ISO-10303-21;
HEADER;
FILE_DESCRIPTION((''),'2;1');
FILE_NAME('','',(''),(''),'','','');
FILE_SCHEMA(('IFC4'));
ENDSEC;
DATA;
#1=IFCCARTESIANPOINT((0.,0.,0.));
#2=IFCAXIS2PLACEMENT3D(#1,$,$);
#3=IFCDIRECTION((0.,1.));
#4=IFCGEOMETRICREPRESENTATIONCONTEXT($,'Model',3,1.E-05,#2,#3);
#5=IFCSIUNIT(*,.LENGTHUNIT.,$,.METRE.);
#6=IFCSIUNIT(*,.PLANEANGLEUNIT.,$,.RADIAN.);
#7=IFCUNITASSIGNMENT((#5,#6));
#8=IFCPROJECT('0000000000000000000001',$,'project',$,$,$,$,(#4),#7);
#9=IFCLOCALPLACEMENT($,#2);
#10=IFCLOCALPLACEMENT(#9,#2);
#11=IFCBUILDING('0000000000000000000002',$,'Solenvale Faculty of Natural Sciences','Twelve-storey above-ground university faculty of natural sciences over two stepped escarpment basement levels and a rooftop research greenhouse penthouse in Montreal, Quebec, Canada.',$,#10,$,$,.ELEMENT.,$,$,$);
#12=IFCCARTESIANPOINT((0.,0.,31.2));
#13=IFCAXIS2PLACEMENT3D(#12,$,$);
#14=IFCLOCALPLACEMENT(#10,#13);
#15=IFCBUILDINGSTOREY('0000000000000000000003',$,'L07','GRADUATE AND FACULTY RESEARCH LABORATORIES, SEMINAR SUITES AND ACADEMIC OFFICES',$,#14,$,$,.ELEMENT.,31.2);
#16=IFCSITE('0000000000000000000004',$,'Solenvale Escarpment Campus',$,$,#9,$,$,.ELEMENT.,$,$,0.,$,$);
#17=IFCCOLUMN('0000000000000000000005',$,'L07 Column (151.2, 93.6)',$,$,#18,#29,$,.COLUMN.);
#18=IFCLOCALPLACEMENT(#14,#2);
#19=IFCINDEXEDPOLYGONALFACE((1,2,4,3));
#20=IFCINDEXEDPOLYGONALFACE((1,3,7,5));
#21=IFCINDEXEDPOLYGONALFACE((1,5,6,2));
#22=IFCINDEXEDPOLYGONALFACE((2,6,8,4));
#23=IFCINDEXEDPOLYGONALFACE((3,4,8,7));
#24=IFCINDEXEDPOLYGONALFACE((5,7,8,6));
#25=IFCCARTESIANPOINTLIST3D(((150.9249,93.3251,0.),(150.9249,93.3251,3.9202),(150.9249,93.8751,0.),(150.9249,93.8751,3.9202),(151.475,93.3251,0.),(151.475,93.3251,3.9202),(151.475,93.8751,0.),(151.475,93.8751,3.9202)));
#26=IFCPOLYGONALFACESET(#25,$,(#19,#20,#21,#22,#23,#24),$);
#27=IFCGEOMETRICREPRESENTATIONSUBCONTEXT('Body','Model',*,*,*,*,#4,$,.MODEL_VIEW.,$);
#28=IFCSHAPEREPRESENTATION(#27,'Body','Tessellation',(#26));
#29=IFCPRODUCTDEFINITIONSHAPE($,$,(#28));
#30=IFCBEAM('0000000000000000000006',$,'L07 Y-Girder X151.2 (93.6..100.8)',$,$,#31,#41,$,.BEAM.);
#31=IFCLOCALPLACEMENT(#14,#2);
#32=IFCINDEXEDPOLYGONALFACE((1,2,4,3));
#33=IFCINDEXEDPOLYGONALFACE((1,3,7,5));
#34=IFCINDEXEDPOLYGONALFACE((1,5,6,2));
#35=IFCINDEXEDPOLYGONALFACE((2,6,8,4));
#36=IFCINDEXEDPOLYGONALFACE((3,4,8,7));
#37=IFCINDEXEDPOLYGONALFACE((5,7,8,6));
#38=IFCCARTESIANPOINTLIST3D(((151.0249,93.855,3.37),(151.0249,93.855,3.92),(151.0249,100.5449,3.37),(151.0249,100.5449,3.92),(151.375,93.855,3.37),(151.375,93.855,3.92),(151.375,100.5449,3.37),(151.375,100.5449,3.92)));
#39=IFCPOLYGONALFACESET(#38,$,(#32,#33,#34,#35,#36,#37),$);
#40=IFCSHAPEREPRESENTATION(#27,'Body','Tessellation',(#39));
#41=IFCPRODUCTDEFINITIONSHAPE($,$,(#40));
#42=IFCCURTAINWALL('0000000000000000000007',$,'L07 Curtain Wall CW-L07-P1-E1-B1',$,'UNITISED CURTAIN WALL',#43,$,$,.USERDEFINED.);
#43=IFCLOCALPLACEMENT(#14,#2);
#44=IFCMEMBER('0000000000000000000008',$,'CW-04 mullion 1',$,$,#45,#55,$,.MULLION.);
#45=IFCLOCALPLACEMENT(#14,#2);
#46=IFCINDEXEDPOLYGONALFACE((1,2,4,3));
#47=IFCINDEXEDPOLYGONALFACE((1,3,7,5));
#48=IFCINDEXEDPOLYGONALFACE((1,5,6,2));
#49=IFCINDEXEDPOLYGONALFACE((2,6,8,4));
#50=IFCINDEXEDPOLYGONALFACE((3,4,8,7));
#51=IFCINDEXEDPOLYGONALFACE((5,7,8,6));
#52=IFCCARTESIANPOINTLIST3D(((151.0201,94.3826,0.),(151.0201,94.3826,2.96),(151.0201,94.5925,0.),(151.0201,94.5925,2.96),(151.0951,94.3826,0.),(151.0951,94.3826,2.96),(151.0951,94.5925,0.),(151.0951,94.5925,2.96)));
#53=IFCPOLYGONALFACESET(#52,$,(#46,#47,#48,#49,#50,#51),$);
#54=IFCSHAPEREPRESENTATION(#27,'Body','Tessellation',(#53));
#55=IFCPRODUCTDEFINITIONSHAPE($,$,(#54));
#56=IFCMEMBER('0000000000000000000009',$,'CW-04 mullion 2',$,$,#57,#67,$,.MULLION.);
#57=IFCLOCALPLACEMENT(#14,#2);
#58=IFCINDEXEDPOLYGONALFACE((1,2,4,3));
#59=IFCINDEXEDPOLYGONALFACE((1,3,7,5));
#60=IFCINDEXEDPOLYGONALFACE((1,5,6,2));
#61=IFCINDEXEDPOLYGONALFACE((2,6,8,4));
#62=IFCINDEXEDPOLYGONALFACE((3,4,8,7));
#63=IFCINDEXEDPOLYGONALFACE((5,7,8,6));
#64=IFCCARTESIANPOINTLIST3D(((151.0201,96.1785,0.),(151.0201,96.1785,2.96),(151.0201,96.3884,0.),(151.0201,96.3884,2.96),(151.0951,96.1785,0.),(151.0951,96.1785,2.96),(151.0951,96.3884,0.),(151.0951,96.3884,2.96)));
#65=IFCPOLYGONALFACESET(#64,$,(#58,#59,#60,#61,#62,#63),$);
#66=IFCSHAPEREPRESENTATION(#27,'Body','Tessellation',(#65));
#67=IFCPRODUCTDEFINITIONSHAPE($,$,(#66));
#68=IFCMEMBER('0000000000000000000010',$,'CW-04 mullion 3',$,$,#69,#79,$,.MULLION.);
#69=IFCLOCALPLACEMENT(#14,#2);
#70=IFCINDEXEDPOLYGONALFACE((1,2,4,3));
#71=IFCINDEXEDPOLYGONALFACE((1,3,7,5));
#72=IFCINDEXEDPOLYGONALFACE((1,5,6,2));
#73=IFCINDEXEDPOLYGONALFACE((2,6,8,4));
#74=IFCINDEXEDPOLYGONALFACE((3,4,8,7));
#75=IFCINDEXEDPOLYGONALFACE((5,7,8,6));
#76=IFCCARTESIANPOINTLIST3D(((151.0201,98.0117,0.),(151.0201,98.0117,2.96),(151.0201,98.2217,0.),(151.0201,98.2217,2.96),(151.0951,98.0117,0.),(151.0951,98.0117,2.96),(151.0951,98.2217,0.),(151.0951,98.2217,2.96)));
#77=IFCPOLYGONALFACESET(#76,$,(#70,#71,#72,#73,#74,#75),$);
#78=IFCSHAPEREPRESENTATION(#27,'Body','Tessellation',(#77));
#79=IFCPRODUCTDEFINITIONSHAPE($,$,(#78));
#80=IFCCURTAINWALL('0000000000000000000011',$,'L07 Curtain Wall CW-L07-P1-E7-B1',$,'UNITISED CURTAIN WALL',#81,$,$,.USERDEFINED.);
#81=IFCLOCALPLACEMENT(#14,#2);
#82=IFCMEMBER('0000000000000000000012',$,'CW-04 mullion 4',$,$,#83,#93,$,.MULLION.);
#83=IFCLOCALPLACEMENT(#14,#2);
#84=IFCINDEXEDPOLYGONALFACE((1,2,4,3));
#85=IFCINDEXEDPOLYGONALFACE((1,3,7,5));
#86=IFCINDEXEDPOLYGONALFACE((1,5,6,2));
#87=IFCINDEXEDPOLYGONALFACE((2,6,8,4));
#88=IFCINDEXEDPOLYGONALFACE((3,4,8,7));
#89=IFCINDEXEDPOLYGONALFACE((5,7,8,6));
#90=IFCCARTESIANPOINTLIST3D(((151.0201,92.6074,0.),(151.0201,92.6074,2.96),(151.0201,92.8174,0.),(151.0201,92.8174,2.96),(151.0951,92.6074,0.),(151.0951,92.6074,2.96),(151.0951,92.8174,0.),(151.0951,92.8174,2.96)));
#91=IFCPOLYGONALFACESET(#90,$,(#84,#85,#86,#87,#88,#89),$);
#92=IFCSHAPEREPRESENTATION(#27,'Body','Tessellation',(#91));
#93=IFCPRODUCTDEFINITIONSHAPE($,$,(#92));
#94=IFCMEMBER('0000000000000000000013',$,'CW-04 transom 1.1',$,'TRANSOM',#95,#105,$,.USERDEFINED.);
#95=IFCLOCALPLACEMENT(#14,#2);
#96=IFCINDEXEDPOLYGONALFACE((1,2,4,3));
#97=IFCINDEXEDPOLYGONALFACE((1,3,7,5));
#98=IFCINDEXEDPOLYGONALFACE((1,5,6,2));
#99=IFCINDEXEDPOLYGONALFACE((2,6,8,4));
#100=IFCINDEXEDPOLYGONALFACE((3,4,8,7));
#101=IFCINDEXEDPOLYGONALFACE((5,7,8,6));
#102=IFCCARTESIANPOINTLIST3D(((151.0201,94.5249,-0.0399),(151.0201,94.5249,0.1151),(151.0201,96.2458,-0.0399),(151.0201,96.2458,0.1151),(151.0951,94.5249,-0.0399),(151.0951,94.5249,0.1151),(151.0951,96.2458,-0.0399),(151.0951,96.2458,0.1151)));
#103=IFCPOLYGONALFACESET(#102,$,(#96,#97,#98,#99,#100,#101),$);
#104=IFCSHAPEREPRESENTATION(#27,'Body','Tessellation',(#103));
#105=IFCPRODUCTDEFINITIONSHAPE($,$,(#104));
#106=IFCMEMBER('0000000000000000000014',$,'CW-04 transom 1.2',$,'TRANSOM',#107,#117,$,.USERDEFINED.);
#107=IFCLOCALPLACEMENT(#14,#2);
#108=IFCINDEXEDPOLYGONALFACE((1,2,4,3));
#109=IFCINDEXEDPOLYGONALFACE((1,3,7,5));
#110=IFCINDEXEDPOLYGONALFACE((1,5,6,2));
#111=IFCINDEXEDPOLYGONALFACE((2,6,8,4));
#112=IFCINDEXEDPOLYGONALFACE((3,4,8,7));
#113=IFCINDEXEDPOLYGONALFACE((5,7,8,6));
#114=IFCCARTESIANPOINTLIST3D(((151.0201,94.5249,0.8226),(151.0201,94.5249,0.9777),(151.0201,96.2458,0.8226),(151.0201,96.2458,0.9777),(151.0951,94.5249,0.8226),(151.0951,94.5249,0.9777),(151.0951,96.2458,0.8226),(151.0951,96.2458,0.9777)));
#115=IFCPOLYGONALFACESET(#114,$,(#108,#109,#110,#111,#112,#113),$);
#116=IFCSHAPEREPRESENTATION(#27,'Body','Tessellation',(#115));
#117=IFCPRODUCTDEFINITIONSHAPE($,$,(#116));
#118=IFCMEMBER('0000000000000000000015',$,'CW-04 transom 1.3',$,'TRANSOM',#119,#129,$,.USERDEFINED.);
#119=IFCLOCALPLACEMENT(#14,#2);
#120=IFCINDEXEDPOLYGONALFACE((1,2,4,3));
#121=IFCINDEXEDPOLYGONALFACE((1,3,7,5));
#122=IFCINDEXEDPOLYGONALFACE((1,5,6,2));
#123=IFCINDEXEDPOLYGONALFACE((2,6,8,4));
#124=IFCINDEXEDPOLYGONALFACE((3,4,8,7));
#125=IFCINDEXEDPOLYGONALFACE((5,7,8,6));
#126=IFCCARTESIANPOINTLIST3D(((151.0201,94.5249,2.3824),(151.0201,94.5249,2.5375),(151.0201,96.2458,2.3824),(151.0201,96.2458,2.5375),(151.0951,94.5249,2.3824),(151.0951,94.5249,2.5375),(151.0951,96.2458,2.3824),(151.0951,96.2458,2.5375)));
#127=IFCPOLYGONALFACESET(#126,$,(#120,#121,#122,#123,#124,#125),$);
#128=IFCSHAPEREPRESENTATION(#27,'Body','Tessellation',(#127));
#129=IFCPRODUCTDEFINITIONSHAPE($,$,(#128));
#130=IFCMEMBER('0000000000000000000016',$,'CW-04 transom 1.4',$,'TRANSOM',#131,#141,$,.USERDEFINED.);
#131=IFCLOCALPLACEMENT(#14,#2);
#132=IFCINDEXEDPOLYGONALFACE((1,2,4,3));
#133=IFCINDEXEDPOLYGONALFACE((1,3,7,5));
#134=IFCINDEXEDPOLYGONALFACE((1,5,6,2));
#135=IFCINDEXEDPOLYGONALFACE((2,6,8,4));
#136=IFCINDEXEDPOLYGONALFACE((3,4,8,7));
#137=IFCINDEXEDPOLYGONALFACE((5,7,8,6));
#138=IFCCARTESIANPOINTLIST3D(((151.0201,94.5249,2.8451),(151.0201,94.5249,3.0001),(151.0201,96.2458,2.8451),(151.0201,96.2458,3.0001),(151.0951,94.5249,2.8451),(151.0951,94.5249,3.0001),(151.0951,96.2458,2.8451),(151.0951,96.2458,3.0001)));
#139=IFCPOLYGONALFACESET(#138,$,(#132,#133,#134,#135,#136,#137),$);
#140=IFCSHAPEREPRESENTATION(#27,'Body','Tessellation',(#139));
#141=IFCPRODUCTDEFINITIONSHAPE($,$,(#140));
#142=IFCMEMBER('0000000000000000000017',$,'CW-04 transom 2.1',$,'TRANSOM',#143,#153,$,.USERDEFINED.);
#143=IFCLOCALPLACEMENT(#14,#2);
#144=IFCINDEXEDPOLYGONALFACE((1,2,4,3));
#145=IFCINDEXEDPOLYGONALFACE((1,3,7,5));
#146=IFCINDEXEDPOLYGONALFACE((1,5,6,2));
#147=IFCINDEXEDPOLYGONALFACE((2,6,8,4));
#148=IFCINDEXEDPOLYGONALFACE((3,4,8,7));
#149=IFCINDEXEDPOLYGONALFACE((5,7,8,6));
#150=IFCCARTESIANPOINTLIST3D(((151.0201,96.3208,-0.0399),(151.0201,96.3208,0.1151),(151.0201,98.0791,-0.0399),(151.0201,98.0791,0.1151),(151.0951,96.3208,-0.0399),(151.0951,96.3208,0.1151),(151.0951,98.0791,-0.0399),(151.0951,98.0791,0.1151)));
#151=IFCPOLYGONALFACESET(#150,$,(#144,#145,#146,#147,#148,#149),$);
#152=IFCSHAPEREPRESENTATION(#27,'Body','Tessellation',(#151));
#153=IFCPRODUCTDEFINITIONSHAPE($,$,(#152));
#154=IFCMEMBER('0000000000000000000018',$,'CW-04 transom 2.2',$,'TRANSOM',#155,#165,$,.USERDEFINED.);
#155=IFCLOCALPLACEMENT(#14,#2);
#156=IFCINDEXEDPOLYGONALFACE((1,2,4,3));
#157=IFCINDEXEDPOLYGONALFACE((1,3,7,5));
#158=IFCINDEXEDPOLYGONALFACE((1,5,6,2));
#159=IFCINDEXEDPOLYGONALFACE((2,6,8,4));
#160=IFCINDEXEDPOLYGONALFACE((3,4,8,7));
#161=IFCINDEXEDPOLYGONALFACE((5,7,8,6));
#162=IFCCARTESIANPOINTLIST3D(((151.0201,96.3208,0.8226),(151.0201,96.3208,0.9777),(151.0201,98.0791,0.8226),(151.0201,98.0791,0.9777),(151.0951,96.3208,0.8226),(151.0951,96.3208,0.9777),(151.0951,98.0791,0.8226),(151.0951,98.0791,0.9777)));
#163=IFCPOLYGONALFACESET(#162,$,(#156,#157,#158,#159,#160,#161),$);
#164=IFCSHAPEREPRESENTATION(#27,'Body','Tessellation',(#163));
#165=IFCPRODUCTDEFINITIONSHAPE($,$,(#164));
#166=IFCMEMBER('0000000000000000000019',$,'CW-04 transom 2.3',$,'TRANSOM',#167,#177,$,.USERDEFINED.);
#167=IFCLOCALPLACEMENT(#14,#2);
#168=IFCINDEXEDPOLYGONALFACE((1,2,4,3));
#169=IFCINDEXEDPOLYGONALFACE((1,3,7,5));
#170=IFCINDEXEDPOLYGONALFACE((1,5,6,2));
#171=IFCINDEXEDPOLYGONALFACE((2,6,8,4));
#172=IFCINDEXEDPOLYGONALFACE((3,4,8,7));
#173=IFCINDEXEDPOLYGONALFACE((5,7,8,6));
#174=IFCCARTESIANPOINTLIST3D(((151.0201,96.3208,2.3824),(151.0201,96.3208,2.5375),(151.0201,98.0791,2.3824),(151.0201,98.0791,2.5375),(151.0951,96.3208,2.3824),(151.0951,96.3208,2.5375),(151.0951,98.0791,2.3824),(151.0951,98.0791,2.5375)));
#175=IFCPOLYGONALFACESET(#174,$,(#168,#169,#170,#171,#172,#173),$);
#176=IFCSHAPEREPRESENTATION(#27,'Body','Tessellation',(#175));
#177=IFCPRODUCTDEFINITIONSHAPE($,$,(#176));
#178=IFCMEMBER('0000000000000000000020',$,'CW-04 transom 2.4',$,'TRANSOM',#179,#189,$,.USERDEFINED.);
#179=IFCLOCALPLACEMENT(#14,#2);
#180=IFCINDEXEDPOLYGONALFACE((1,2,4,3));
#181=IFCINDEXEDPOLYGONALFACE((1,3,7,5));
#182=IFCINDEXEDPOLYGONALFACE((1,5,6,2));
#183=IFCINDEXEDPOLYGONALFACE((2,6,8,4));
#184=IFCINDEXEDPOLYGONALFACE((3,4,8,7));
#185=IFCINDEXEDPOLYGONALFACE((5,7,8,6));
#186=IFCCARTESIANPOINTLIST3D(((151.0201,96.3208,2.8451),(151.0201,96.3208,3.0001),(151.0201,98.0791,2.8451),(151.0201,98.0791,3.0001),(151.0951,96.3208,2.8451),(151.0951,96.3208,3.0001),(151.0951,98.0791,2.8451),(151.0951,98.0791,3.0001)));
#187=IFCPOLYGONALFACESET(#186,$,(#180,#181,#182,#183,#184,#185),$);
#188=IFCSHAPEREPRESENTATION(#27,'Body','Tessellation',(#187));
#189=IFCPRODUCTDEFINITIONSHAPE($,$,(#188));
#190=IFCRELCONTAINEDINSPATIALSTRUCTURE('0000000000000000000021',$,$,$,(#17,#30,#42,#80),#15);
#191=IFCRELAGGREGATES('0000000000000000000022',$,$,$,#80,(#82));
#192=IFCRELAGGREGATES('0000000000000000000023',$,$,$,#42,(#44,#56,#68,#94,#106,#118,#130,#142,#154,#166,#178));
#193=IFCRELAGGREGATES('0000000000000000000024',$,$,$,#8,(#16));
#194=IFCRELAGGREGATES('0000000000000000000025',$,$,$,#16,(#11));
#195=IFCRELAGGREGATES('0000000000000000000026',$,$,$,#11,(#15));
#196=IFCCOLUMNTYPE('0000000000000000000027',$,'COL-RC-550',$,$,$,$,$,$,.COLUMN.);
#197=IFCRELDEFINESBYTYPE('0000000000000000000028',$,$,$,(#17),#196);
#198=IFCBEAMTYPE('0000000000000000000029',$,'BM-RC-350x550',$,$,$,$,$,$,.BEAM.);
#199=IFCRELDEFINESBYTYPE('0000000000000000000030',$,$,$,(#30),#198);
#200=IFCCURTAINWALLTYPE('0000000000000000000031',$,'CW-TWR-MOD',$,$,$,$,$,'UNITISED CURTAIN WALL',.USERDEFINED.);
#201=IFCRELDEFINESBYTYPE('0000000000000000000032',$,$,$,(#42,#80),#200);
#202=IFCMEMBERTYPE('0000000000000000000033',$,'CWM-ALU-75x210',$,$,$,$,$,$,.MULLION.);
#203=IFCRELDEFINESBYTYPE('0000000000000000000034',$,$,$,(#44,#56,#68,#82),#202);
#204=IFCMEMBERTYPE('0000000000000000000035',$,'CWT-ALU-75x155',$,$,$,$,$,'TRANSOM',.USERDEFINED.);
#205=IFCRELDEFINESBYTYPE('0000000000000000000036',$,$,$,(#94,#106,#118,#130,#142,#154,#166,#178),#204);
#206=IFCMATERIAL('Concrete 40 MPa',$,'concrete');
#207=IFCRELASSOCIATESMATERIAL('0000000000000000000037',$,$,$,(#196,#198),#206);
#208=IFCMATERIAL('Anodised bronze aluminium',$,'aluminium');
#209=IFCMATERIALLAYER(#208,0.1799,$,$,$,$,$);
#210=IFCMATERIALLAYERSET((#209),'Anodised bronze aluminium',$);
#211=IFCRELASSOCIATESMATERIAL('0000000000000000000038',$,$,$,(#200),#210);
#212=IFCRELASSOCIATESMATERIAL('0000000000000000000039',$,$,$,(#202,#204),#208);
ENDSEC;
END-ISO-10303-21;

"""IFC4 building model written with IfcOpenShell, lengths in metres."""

from ifc_helpers import new_model, si_unit, direction, frame, origin, origin_2d, place, context, subcontext, project, spatial, rectangle, extrude, material, layer, layer_set, material_profile, profile_set, type_object, element, aggregate, save


model = new_model("IFC4")

# Units and contexts
model_context = context("Model", 3, precision=1e-05, world=origin(), true_north=direction((0.0, 1.0)))
body_context = subcontext(model_context, "Body", "Model", "MODEL_VIEW")
ifc_project = project(units=[si_unit("LENGTHUNIT", "METRE"), si_unit("PLANEANGLEUNIT", "RADIAN")], contexts=[model_context])

# Site, building, storey
site_placement = place(None, origin())
site = spatial("IfcSite", under=ifc_project, at=site_placement, Name="Solenvale Escarpment Campus", CompositionType="ELEMENT", RefElevation=0.0)
building_placement = place(site_placement, origin())
building = spatial("IfcBuilding", under=site, at=building_placement, Name="Solenvale Faculty of Natural Sciences", Description="Twelve-storey above-ground university faculty of natural sciences over two stepped escarpment basement levels and a rooftop research greenhouse penthouse in Montreal, Quebec, Canada.", CompositionType="ELEMENT")
storey_placement = place(building_placement, frame((0.0, 0.0, 31.2)))
storey = spatial("IfcBuildingStorey", under=building, at=storey_placement, Name="L07", Description="GRADUATE AND FACULTY RESEARCH LABORATORIES, SEMINAR SUITES AND ACADEMIC OFFICES", CompositionType="ELEMENT", Elevation=31.2)

# Column
ifc_material_1 = material(Name="Concrete 40 MPa", Category="concrete")
ifc_material_profile_1 = material_profile(ifc_material_1, rectangle(XDim=0.55, YDim=0.55, at=origin_2d()), Name="RC-COL-550x550")
ifc_profile_set_1 = profile_set([ifc_material_profile_1], Name="Concrete 40 MPa")
column_type = type_object("IfcColumnType", Name="COL-RC-550", PredefinedType="COLUMN", material=ifc_profile_set_1)
column_placement = place(storey_placement, frame((151.2, 93.6001, 0.0), z_axis=(0.0, 0.0, 1.0), x_axis=(1.0, 0.0, 0.0)))
element("IfcColumn", 1, at=column_placement, inside=storey, type_object=column_type, Name="L07 Column (151.2, 93.6)", PredefinedType="COLUMN", context=body_context, shape_type="SweptSolid", body=[
    extrude(rectangle(XDim=0.55, YDim=0.55, at=origin_2d()), origin(), (0.0, 0.0, 1.0), 3.9202),
])

# Beam
ifc_material_profile_2 = material_profile(ifc_material_1, rectangle(XDim=0.3501, YDim=0.55, at=origin_2d()), Name="RC-BM-350x550")
ifc_profile_set_2 = profile_set([ifc_material_profile_2], Name="Concrete 40 MPa")
beam_type = type_object("IfcBeamType", Name="BM-RC-350x550", PredefinedType="BEAM", material=ifc_profile_set_2)
beam_placement = place(storey_placement, frame((151.2, 93.855, 3.645), z_axis=(0.0, 1.0, 0.0), x_axis=(-1.0, 0.0, 0.0)))
element("IfcBeam", 2, at=beam_placement, inside=storey, type_object=beam_type, Name="L07 Y-Girder X151.2 (93.6..100.8)", PredefinedType="BEAM", context=body_context, shape_type="SweptSolid", body=[
    extrude(rectangle(XDim=0.3501, YDim=0.55, at=origin_2d()), origin(), (0.0, 0.0, 1.0), 6.6899),
])

# Curtain wall, members
ifc_material_2 = material(Name="Anodised bronze aluminium", Category="aluminium")
ifc_layer_1 = layer(ifc_material_2, 0.1799)
ifc_layer_set_1 = layer_set([ifc_layer_1], Name="Anodised bronze aluminium")
curtain_wall_type = type_object("IfcCurtainWallType", Name="CW-TWR-MOD", ElementType="UNITISED CURTAIN WALL", PredefinedType="USERDEFINED", material=ifc_layer_set_1)
curtain_wall_1_placement = place(storey_placement, origin())
curtain_wall_1 = element("IfcCurtainWall", 3, at=curtain_wall_1_placement, inside=storey, type_object=curtain_wall_type, Name="L07 Curtain Wall CW-L07-P1-E1-B1", ObjectType="UNITISED CURTAIN WALL", PredefinedType="USERDEFINED")
ifc_material_profile_3 = material_profile(ifc_material_2, rectangle(XDim=0.075, YDim=0.21, at=origin_2d()), Name="ALU-MUL-75x210")
ifc_profile_set_3 = profile_set([ifc_material_profile_3], Name="Anodised bronze aluminium")
member_type_1 = type_object("IfcMemberType", Name="CWM-ALU-75x210", PredefinedType="MULLION", material=ifc_profile_set_3)
member_1_placement = place(storey_placement, frame((151.0576, 94.4875, 0.0), z_axis=(0.0, 0.0, 1.0), x_axis=(-1.0, 0.0, 0.0)))
member_1 = element("IfcMember", 4, at=member_1_placement, type_object=member_type_1, Name="CW-04 mullion 1", PredefinedType="MULLION", context=body_context, shape_type="SweptSolid", body=[
    extrude(rectangle(XDim=0.075, YDim=0.21, at=origin_2d()), origin(), (0.0, 0.0, 1.0), 2.96),
])
member_2_placement = place(storey_placement, frame((151.0576, 96.2834, 0.0), z_axis=(0.0, 0.0, 1.0), x_axis=(-1.0, 0.0, 0.0)))
member_2 = element("IfcMember", 5, at=member_2_placement, type_object=member_type_1, Name="CW-04 mullion 2", PredefinedType="MULLION", context=body_context, shape_type="SweptSolid", body=[
    extrude(rectangle(XDim=0.075, YDim=0.21, at=origin_2d()), origin(), (0.0, 0.0, 1.0), 2.96),
])
member_3_placement = place(storey_placement, frame((151.0576, 98.1167, 0.0), z_axis=(0.0, 0.0, 1.0), x_axis=(-1.0, 0.0, 0.0)))
member_3 = element("IfcMember", 6, at=member_3_placement, type_object=member_type_1, Name="CW-04 mullion 3", PredefinedType="MULLION", context=body_context, shape_type="SweptSolid", body=[
    extrude(rectangle(XDim=0.075, YDim=0.21, at=origin_2d()), origin(), (0.0, 0.0, 1.0), 2.96),
])

# Curtain wall, member
curtain_wall_2_placement = place(storey_placement, origin())
curtain_wall_2 = element("IfcCurtainWall", 7, at=curtain_wall_2_placement, inside=storey, type_object=curtain_wall_type, Name="L07 Curtain Wall CW-L07-P1-E7-B1", ObjectType="UNITISED CURTAIN WALL", PredefinedType="USERDEFINED")
member_4_placement = place(storey_placement, frame((151.0576, 92.7124, 0.0), z_axis=(0.0, 0.0, 1.0), x_axis=(-1.0, 0.0, 0.0)))
member_4 = element("IfcMember", 8, at=member_4_placement, type_object=member_type_1, Name="CW-04 mullion 4", PredefinedType="MULLION", context=body_context, shape_type="SweptSolid", body=[
    extrude(rectangle(XDim=0.075, YDim=0.21, at=origin_2d()), origin(), (0.0, 0.0, 1.0), 2.96),
])

# Members
ifc_material_profile_4 = material_profile(ifc_material_2, rectangle(XDim=0.075, YDim=0.155, at=origin_2d()), Name="ALU-TRN-75x155")
ifc_profile_set_4 = profile_set([ifc_material_profile_4], Name="Anodised bronze aluminium")
member_type_2 = type_object("IfcMemberType", Name="CWT-ALU-75x155", ElementType="TRANSOM", PredefinedType="USERDEFINED", material=ifc_profile_set_4)
member_5_placement = place(storey_placement, frame((151.0576, 94.5249, 0.0376), z_axis=(0.0, 1.0, 0.0), x_axis=(-1.0, 0.0, 0.0)))
member_5 = element("IfcMember", 9, at=member_5_placement, type_object=member_type_2, Name="CW-04 transom 1.1", ObjectType="TRANSOM", PredefinedType="USERDEFINED", context=body_context, shape_type="SweptSolid", body=[
    extrude(rectangle(XDim=0.075, YDim=0.155, at=origin_2d()), origin(), (0.0, 0.0, 1.0), 1.7209),
])
member_6_placement = place(storey_placement, frame((151.0576, 94.5249, 0.9001), z_axis=(0.0, 1.0, 0.0), x_axis=(-1.0, 0.0, 0.0)))
member_6 = element("IfcMember", 10, at=member_6_placement, type_object=member_type_2, Name="CW-04 transom 1.2", ObjectType="TRANSOM", PredefinedType="USERDEFINED", context=body_context, shape_type="SweptSolid", body=[
    extrude(rectangle(XDim=0.075, YDim=0.155, at=origin_2d()), origin(), (0.0, 0.0, 1.0), 1.7209),
])
member_7_placement = place(storey_placement, frame((151.0576, 94.5249, 2.46), z_axis=(0.0, 1.0, 0.0), x_axis=(-1.0, 0.0, 0.0)))
member_7 = element("IfcMember", 11, at=member_7_placement, type_object=member_type_2, Name="CW-04 transom 1.3", ObjectType="TRANSOM", PredefinedType="USERDEFINED", context=body_context, shape_type="SweptSolid", body=[
    extrude(rectangle(XDim=0.075, YDim=0.155, at=origin_2d()), origin(), (0.0, 0.0, 1.0), 1.7209),
])
member_8_placement = place(storey_placement, frame((151.0576, 94.5249, 2.9226), z_axis=(0.0, 1.0, 0.0), x_axis=(-1.0, 0.0, 0.0)))
member_8 = element("IfcMember", 12, at=member_8_placement, type_object=member_type_2, Name="CW-04 transom 1.4", ObjectType="TRANSOM", PredefinedType="USERDEFINED", context=body_context, shape_type="SweptSolid", body=[
    extrude(rectangle(XDim=0.075, YDim=0.155, at=origin_2d()), origin(), (0.0, 0.0, 1.0), 1.7209),
])
member_9_placement = place(storey_placement, frame((151.0576, 96.3208, 0.0376), z_axis=(0.0, 1.0, 0.0), x_axis=(-1.0, 0.0, 0.0)))
member_9 = element("IfcMember", 13, at=member_9_placement, type_object=member_type_2, Name="CW-04 transom 2.1", ObjectType="TRANSOM", PredefinedType="USERDEFINED", context=body_context, shape_type="SweptSolid", body=[
    extrude(rectangle(XDim=0.075, YDim=0.155, at=origin_2d()), origin(), (0.0, 0.0, 1.0), 1.7583),
])
member_10_placement = place(storey_placement, frame((151.0576, 96.3208, 0.9001), z_axis=(0.0, 1.0, 0.0), x_axis=(-1.0, 0.0, 0.0)))
member_10 = element("IfcMember", 14, at=member_10_placement, type_object=member_type_2, Name="CW-04 transom 2.2", ObjectType="TRANSOM", PredefinedType="USERDEFINED", context=body_context, shape_type="SweptSolid", body=[
    extrude(rectangle(XDim=0.075, YDim=0.155, at=origin_2d()), origin(), (0.0, 0.0, 1.0), 1.7583),
])
member_11_placement = place(storey_placement, frame((151.0576, 96.3208, 2.46), z_axis=(0.0, 1.0, 0.0), x_axis=(-1.0, 0.0, 0.0)))
member_11 = element("IfcMember", 15, at=member_11_placement, type_object=member_type_2, Name="CW-04 transom 2.3", ObjectType="TRANSOM", PredefinedType="USERDEFINED", context=body_context, shape_type="SweptSolid", body=[
    extrude(rectangle(XDim=0.075, YDim=0.155, at=origin_2d()), origin(), (0.0, 0.0, 1.0), 1.7583),
])
member_12_placement = place(storey_placement, frame((151.0576, 96.3208, 2.9226), z_axis=(0.0, 1.0, 0.0), x_axis=(-1.0, 0.0, 0.0)))
member_12 = element("IfcMember", 16, at=member_12_placement, type_object=member_type_2, Name="CW-04 transom 2.4", ObjectType="TRANSOM", PredefinedType="USERDEFINED", context=body_context, shape_type="SweptSolid", body=[
    extrude(rectangle(XDim=0.075, YDim=0.155, at=origin_2d()), origin(), (0.0, 0.0, 1.0), 1.7583),
])

aggregate(curtain_wall_2, [member_4])
aggregate(curtain_wall_1, [member_1, member_2, member_3, member_5, member_6, member_7, member_8, member_9, member_10, member_11, member_12])

save(model, "model.ifc")
